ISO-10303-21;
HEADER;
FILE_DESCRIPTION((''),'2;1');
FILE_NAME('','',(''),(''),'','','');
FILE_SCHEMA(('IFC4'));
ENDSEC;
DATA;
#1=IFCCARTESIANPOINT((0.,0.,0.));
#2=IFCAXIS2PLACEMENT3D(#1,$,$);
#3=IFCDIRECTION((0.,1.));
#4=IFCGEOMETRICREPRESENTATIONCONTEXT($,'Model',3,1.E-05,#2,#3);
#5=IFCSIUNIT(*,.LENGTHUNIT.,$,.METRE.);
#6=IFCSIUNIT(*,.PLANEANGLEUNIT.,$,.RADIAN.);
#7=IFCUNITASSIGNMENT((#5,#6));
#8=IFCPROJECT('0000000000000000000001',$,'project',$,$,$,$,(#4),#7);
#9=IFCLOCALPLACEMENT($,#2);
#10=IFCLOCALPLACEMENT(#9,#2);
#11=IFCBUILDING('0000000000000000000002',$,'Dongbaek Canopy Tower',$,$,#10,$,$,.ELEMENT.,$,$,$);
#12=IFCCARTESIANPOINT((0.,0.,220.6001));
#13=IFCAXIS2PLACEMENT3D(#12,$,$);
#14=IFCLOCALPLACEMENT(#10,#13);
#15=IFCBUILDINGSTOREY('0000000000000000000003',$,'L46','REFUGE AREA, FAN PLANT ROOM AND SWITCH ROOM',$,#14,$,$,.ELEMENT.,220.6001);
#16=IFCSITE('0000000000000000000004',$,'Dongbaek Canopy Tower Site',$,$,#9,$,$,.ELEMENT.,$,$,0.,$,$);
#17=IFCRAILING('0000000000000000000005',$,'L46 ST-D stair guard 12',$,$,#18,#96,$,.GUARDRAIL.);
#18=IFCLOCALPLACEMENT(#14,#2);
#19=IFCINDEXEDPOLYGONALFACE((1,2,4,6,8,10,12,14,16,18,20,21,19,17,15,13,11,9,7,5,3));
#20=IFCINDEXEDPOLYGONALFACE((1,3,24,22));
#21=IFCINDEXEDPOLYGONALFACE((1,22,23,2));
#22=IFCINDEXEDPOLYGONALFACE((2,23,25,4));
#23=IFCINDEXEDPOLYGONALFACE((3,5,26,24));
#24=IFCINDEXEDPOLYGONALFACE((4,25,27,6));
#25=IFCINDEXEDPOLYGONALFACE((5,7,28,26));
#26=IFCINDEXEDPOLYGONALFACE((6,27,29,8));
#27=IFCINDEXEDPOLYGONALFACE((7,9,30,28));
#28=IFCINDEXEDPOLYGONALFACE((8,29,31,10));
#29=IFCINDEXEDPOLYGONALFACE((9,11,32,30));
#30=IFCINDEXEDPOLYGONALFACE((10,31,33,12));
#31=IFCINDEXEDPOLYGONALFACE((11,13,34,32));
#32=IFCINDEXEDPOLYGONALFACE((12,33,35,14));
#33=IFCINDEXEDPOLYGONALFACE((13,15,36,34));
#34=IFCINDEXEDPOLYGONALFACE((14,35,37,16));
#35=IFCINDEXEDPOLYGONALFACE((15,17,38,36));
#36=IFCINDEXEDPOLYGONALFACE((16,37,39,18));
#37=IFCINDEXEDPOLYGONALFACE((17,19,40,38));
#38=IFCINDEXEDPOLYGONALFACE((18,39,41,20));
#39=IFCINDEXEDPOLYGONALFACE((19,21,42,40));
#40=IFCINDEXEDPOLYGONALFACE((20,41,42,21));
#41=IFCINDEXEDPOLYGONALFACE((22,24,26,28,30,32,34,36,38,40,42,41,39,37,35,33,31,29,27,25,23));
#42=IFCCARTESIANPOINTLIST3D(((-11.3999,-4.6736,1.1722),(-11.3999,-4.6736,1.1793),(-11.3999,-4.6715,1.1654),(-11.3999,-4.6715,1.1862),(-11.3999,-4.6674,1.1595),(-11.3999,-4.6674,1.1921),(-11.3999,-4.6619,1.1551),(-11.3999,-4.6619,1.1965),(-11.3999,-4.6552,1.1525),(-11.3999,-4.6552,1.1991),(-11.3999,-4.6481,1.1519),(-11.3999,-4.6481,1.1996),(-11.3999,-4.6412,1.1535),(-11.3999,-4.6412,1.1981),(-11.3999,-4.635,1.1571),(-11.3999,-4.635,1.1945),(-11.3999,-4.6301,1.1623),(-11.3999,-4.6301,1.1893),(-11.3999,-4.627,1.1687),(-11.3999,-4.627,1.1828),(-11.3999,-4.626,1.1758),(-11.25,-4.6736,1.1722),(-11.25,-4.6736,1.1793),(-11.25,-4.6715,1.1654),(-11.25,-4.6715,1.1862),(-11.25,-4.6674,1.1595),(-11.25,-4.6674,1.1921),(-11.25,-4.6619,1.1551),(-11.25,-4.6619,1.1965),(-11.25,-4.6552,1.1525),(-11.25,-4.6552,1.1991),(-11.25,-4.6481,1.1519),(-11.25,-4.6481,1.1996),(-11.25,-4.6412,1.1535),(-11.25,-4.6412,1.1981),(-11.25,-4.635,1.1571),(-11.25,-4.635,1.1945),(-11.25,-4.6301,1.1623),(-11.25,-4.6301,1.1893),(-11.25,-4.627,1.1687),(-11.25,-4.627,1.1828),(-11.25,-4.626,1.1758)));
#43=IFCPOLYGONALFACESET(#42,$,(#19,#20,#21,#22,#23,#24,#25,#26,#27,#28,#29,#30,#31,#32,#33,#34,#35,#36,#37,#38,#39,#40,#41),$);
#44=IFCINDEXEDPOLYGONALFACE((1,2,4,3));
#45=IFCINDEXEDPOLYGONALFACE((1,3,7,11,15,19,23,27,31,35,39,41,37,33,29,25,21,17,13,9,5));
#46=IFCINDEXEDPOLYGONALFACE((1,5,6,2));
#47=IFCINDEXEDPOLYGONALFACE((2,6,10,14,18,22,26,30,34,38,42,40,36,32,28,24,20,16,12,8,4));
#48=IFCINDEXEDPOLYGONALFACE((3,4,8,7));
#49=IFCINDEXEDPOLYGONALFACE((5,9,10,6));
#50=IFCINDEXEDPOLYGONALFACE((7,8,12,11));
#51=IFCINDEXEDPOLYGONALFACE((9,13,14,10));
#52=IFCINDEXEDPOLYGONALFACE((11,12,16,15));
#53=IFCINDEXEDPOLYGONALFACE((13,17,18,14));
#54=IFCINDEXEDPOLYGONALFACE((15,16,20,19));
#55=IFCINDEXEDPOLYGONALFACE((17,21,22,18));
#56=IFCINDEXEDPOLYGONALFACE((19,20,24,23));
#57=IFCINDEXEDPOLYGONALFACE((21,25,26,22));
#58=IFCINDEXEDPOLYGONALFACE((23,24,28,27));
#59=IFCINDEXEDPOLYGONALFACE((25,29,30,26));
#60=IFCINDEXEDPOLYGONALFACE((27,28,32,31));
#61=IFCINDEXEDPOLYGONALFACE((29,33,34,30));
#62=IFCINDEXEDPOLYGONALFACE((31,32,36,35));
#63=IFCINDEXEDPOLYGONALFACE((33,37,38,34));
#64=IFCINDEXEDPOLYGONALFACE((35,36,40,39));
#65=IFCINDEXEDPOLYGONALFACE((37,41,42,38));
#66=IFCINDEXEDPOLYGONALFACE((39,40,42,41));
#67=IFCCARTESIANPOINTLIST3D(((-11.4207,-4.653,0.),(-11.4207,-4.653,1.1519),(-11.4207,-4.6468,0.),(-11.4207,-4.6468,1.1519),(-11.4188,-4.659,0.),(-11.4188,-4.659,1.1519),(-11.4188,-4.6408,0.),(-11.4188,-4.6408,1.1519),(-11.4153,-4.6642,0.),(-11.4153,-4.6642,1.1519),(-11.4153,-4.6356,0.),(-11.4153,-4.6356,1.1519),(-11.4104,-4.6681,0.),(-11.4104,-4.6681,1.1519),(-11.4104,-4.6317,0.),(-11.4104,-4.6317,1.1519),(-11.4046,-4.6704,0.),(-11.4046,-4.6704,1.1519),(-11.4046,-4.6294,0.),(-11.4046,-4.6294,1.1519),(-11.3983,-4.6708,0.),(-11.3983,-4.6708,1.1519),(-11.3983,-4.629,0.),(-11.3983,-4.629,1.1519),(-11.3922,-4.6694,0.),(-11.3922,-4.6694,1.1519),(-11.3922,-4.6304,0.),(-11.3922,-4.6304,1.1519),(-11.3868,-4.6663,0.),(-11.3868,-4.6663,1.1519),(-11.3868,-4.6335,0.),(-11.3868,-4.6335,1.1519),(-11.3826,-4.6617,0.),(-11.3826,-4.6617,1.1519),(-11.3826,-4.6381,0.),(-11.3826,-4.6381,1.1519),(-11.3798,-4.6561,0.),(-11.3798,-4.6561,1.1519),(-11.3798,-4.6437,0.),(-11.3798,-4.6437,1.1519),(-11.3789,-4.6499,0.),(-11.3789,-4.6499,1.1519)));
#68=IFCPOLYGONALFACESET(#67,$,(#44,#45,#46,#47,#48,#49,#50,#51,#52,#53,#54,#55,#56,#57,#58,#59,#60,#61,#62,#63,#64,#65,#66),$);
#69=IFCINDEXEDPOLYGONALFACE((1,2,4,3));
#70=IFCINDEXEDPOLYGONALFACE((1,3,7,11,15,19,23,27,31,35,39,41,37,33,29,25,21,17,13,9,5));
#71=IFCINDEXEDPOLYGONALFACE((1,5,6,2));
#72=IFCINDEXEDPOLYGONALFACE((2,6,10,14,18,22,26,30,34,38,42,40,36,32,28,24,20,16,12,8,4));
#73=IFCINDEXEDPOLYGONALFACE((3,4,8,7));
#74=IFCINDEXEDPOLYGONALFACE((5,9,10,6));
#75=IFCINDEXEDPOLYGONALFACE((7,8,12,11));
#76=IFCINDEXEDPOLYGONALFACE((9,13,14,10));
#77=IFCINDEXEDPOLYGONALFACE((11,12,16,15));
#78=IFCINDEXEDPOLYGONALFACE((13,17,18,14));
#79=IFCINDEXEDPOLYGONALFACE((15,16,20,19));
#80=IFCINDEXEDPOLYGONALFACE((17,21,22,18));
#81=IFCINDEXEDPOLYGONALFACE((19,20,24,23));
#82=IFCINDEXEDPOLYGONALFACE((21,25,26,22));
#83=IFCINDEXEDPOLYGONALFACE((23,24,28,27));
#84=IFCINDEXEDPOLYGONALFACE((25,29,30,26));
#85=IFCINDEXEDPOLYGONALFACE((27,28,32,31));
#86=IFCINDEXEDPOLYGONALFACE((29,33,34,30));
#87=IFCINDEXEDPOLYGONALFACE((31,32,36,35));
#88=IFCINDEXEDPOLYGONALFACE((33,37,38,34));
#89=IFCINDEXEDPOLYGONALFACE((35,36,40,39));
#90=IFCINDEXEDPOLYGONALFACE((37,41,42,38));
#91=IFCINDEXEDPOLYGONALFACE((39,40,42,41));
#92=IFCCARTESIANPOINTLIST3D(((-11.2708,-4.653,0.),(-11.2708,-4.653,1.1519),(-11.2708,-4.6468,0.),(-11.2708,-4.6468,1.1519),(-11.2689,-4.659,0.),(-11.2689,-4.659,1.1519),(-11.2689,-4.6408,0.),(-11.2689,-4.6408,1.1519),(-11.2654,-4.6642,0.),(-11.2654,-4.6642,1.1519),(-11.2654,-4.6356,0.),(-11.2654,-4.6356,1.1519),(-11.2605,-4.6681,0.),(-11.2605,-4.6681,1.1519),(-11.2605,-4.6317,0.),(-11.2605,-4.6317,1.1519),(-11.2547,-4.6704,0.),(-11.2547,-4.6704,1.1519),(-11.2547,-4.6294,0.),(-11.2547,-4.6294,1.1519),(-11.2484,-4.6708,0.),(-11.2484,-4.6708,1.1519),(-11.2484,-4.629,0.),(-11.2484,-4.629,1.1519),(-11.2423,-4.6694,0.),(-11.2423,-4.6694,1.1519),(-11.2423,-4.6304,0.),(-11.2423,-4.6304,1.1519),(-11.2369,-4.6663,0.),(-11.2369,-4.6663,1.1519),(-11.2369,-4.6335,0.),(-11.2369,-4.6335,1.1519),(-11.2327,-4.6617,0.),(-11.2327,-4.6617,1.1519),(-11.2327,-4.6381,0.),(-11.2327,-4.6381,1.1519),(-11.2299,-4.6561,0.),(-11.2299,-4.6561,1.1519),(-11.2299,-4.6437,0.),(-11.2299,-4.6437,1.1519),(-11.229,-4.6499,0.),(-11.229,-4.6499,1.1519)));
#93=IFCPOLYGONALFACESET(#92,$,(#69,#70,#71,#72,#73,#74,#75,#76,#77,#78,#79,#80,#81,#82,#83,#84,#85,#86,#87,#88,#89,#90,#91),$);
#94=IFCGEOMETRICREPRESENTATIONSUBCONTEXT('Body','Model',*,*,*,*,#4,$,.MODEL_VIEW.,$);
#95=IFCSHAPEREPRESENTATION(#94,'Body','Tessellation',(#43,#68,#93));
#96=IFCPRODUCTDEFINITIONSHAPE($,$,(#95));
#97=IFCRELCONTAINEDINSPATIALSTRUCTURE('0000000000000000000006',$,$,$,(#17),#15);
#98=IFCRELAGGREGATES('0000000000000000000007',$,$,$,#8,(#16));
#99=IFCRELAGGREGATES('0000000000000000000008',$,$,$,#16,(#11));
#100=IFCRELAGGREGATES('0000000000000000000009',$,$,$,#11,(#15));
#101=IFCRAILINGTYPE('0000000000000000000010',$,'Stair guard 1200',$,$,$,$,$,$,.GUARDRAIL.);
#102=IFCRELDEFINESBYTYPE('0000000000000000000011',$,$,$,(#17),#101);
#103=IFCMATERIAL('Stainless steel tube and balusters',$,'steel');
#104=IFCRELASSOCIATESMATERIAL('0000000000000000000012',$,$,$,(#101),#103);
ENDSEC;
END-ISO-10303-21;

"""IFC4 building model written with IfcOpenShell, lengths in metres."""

from ifc_helpers import new_model, si_unit, direction, frame, origin, origin_2d, place, context, subcontext, project, spatial, circle, extrude, material, type_object, element, save


model = new_model("IFC4")

# Units and contexts
model_context = context("Model", 3, precision=1e-05, world=origin(), true_north=direction((0.0, 1.0)))
body_context = subcontext(model_context, "Body", "Model", "MODEL_VIEW")
ifc_project = project(units=[si_unit("LENGTHUNIT", "METRE"), si_unit("PLANEANGLEUNIT", "RADIAN")], contexts=[model_context])

# Site, building, storey
site_placement = place(None, origin())
site = spatial("IfcSite", under=ifc_project, at=site_placement, Name="Dongbaek Canopy Tower Site", CompositionType="ELEMENT", RefElevation=0.0)
building_placement = place(site_placement, origin())
building = spatial("IfcBuilding", under=site, at=building_placement, Name="Dongbaek Canopy Tower", CompositionType="ELEMENT")
storey_placement = place(building_placement, frame((0.0, 0.0, 220.6001)))
storey = spatial("IfcBuildingStorey", under=building, at=storey_placement, Name="L46", Description="REFUGE AREA, FAN PLANT ROOM AND SWITCH ROOM", CompositionType="ELEMENT", Elevation=220.6001)

# Railing
ifc_material_1 = material(Name="Stainless steel tube and balusters", Category="steel")
railing_type_1 = type_object("IfcRailingType", Name="Stair guard 1200", PredefinedType="GUARDRAIL", material=ifc_material_1)
railing_1_placement = place(storey_placement, frame((-11.3999, -4.6499, 0.0)))
element("IfcRailing", 1, at=railing_1_placement, inside=storey, type_object=railing_type_1, Name="L46 ST-D stair guard 12", PredefinedType="GUARDRAIL", context=body_context, shape_type="SweptSolid", body=[
    extrude(circle(Radius=0.0239, at=origin_2d()), frame((0.0, 0.0, 1.1758), z_axis=(1.0, 0.0, 0.0), x_axis=(0.0, 1.0, 0.0)), (0.0, 0.0, 1.0), 0.1499),
    extrude(circle(Radius=0.021, at=origin_2d()), origin(), (0.0, 0.0, 1.0), 1.1519),
    extrude(circle(Radius=0.021, at=origin_2d()), frame((0.1499, 0.0, 0.0)), (0.0, 0.0, 1.0), 1.1519),
])

save(model, "model.ifc")
